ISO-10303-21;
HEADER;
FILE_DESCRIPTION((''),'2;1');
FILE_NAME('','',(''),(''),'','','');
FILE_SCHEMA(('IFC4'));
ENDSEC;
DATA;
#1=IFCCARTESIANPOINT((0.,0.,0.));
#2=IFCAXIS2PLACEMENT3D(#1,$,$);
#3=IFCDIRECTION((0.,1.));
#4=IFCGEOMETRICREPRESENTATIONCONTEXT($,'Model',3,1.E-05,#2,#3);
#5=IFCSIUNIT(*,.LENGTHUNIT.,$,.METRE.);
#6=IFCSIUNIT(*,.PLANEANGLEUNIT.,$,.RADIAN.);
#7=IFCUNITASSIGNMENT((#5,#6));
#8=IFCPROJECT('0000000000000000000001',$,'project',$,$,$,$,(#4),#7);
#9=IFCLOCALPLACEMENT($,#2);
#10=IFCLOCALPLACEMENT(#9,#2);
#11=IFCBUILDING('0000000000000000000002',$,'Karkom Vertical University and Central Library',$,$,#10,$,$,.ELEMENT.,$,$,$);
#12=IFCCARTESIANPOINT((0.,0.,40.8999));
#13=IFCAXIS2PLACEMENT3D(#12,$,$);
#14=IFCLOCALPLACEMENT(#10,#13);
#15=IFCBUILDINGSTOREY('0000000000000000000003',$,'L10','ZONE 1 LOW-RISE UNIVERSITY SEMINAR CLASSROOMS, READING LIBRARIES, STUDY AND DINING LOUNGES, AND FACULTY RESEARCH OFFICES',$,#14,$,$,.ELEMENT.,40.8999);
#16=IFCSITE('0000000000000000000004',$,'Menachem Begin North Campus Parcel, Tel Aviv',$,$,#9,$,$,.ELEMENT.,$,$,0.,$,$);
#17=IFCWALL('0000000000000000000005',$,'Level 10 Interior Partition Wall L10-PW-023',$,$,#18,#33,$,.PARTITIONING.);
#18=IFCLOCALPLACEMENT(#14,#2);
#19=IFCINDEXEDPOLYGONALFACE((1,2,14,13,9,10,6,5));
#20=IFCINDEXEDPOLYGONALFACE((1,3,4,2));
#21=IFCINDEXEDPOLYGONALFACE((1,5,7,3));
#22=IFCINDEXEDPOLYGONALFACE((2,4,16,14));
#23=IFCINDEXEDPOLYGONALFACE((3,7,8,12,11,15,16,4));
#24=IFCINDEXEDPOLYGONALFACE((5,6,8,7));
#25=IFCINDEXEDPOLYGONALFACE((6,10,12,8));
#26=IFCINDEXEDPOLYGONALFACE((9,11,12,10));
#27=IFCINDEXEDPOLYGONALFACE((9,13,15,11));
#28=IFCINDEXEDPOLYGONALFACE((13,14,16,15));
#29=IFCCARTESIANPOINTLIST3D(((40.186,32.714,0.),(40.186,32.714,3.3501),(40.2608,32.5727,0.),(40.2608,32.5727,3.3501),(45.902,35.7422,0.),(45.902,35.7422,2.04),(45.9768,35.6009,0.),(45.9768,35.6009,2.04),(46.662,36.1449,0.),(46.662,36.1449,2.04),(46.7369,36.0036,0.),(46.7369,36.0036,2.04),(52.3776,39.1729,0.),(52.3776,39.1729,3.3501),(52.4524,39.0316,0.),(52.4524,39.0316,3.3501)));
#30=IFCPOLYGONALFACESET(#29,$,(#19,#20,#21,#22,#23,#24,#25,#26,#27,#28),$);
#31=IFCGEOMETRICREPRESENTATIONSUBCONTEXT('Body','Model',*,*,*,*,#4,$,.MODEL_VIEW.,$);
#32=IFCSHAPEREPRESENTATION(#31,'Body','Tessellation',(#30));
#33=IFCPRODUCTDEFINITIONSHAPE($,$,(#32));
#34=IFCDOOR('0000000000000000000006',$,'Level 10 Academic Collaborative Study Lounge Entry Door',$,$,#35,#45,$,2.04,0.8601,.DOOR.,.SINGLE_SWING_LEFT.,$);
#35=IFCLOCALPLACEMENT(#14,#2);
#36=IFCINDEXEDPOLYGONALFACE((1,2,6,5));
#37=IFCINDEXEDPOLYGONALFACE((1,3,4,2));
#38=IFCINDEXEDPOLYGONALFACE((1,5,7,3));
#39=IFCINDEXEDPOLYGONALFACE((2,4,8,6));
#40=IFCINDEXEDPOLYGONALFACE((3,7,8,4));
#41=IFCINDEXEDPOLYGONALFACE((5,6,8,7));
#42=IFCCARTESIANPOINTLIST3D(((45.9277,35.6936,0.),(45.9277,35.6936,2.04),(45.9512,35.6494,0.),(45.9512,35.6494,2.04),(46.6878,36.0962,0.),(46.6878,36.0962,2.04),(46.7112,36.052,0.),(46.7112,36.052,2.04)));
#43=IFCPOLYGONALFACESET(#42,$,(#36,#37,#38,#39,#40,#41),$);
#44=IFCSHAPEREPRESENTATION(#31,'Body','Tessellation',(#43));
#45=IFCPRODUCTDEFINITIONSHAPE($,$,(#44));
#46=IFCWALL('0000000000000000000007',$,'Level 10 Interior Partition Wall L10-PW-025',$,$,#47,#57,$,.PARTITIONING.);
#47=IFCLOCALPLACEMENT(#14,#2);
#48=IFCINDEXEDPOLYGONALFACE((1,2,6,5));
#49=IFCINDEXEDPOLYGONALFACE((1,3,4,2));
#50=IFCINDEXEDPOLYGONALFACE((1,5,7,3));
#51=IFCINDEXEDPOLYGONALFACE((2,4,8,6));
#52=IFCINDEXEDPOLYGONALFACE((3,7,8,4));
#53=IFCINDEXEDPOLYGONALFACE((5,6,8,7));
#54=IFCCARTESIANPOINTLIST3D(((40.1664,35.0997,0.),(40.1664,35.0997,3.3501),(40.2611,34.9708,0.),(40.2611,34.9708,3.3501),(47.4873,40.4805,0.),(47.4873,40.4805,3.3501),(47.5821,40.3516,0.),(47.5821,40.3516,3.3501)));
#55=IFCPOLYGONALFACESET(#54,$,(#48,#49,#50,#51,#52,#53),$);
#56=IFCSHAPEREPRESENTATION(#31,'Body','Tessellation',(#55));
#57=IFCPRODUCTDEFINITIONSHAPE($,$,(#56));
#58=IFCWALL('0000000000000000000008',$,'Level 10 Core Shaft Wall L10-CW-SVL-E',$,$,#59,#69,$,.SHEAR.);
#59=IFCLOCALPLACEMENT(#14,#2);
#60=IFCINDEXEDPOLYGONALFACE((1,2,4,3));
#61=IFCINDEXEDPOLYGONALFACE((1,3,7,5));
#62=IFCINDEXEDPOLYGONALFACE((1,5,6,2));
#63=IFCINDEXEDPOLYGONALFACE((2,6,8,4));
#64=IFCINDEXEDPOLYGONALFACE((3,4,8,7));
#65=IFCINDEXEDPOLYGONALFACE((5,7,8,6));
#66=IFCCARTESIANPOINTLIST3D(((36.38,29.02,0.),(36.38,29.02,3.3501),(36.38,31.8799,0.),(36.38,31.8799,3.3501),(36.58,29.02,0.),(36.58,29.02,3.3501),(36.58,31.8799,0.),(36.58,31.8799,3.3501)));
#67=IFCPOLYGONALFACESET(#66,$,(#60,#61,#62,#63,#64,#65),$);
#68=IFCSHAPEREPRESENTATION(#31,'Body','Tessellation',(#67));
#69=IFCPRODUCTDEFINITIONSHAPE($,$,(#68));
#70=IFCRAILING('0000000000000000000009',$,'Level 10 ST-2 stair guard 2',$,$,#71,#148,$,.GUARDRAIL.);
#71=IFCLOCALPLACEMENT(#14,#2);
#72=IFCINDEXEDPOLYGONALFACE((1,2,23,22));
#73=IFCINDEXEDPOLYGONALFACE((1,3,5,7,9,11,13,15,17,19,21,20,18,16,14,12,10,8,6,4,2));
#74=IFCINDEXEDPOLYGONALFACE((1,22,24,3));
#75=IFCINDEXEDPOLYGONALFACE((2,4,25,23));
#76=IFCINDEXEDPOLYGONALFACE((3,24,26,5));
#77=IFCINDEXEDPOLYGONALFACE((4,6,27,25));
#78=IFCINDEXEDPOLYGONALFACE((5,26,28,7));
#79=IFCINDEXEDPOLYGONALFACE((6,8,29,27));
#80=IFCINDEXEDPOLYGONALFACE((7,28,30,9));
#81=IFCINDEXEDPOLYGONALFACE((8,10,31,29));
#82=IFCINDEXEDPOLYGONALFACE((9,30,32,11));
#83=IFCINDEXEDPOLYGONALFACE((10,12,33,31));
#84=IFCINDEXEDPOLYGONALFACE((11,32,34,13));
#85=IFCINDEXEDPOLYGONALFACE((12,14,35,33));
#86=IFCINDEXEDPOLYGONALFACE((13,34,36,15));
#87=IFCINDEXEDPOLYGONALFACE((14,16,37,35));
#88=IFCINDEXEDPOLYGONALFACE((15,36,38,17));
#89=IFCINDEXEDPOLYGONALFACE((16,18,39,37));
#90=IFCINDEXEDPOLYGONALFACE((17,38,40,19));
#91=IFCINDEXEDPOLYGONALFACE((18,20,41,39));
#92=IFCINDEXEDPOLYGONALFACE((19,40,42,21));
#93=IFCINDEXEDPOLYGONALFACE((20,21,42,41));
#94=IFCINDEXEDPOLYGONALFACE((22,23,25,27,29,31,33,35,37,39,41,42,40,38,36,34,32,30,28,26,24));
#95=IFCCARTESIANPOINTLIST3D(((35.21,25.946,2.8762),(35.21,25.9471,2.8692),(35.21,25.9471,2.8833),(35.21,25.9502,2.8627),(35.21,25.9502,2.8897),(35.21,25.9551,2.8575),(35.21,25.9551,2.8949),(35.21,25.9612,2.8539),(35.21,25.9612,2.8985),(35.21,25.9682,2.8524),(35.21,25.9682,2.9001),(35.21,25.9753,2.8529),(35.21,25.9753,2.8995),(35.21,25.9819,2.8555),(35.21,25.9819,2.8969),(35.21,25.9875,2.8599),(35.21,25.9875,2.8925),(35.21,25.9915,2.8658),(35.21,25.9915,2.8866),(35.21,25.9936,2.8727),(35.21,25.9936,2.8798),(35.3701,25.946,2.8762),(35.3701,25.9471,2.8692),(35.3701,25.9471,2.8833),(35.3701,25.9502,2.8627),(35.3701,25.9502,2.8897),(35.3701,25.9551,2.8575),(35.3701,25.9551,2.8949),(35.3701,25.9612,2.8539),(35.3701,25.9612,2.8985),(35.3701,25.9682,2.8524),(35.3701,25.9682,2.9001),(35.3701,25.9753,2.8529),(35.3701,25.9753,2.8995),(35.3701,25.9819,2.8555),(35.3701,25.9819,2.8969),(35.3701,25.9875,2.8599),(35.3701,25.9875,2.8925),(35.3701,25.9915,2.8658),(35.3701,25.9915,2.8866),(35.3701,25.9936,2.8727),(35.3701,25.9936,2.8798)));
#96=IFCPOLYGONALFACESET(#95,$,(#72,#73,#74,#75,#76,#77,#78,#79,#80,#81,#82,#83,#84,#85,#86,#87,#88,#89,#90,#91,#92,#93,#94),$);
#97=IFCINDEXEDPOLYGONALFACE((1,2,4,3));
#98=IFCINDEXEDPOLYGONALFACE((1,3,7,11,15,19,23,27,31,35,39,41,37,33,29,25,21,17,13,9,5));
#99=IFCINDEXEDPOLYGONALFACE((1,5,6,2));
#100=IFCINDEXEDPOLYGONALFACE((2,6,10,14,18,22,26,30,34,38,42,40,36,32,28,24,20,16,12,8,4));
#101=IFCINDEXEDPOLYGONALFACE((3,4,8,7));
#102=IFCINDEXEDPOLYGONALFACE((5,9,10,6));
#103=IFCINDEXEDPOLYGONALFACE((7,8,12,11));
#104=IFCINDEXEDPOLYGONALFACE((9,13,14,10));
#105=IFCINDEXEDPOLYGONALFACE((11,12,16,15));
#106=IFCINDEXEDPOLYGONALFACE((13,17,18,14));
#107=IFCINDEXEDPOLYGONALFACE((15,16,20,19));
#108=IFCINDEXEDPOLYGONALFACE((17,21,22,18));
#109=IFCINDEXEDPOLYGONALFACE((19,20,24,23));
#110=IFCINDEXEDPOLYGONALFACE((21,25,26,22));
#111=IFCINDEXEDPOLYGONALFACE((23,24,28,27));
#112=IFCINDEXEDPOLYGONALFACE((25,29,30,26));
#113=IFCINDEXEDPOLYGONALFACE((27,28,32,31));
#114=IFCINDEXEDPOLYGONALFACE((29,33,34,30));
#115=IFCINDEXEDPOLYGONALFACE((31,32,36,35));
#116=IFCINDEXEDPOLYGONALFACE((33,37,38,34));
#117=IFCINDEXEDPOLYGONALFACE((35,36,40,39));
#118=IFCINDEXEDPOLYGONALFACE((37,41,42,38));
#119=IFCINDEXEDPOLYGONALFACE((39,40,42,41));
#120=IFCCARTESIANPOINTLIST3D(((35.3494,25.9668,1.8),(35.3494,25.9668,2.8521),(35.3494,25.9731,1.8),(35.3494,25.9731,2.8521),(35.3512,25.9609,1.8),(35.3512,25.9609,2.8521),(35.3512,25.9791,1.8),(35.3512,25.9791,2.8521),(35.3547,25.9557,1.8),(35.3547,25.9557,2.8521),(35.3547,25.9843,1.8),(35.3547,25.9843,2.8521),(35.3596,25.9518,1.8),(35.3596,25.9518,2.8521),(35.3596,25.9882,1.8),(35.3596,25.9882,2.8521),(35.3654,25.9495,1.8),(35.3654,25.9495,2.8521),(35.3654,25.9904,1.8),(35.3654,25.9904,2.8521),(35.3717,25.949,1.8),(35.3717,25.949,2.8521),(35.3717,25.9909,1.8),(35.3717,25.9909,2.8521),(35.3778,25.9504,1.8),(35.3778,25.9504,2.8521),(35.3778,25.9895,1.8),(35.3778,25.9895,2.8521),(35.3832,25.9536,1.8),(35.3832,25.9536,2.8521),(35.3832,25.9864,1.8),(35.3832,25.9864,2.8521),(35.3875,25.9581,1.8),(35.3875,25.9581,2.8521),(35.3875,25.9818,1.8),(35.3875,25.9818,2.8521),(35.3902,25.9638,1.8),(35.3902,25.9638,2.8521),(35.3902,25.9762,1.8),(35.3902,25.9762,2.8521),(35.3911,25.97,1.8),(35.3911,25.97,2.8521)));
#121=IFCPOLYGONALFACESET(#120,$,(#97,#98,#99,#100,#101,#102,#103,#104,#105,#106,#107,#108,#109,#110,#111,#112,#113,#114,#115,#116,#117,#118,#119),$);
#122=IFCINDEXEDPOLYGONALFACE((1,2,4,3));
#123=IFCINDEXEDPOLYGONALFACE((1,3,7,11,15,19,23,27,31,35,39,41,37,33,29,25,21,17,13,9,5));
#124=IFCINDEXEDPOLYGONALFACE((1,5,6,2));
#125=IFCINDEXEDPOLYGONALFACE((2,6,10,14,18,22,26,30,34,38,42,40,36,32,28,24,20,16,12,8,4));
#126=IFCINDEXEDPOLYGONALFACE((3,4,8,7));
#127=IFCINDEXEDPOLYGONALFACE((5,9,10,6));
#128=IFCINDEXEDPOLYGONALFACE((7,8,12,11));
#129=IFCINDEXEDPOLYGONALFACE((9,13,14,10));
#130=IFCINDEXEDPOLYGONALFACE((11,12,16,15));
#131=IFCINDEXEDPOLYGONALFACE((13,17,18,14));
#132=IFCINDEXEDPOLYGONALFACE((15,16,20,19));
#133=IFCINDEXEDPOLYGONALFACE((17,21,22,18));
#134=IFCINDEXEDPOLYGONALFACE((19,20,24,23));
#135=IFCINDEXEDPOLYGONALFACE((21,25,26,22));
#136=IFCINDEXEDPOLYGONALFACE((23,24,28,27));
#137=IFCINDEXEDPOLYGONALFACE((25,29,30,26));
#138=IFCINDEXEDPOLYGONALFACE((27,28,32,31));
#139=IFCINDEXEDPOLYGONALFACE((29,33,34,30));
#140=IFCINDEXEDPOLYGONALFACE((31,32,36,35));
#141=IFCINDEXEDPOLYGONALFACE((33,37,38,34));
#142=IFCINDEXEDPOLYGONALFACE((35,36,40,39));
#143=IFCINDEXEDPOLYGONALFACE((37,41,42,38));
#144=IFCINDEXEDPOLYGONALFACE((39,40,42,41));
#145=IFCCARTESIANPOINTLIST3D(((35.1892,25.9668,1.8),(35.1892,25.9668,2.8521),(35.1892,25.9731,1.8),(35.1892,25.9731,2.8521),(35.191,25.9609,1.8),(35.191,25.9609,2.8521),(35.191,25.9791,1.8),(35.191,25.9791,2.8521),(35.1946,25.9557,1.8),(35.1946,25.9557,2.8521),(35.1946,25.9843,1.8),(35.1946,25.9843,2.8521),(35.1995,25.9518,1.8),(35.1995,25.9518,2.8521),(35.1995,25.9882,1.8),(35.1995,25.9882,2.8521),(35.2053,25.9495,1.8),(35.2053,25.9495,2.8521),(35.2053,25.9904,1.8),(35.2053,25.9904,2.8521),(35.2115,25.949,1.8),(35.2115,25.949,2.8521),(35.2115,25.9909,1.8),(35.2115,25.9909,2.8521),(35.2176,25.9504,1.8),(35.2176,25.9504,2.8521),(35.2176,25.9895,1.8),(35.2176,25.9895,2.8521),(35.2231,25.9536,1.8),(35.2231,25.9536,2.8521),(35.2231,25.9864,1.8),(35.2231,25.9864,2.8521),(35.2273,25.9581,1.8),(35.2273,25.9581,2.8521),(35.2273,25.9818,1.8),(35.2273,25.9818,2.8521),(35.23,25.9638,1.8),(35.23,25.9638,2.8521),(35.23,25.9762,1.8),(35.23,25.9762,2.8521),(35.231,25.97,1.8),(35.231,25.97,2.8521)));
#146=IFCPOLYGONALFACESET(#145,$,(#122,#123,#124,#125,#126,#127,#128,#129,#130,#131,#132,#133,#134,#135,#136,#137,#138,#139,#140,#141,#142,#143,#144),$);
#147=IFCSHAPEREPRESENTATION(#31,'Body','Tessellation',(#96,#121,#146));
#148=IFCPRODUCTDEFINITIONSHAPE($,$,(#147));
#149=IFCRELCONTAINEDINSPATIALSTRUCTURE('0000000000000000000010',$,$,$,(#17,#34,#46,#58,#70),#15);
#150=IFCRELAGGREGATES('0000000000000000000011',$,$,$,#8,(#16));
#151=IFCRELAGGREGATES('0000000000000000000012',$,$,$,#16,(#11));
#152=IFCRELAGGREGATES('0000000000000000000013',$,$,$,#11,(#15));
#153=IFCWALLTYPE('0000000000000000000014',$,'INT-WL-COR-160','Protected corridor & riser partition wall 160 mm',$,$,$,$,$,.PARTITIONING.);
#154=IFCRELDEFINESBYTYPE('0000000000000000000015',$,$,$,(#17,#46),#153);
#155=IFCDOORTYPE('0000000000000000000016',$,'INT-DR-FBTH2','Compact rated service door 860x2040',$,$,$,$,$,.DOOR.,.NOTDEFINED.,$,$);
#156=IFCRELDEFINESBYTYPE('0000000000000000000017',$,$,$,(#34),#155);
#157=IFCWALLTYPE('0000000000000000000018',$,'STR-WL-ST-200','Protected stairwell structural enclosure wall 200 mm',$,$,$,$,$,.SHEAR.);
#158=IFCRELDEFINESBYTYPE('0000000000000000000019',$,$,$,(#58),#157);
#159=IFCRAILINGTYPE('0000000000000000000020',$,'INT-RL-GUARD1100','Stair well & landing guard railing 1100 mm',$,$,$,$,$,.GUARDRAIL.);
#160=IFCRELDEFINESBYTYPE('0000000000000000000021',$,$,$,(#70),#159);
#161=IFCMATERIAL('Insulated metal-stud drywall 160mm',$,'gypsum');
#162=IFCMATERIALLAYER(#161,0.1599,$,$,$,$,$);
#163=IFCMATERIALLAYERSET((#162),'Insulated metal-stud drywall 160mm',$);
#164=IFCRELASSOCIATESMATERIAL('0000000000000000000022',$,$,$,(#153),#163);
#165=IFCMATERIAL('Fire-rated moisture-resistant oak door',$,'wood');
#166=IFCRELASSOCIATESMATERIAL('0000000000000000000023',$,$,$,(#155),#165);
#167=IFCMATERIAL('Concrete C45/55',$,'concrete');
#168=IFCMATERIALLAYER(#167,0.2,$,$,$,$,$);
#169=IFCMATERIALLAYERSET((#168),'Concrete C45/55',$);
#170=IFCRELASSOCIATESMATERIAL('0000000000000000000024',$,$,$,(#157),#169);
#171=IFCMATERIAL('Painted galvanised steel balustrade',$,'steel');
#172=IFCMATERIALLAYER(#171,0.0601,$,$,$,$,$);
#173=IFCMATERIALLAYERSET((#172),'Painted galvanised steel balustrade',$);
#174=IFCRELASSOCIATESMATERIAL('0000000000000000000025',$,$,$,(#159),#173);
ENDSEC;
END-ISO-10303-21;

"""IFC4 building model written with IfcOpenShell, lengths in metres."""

from ifc_helpers import new_model, si_unit, direction, frame, frame_2d, origin, origin_with_axes, origin_2d, place, context, subcontext, project, spatial, rectangle, circle, extrude, source, transform, mapped, material, layer, layer_set, type_object, element, fill, save


model = new_model("IFC4")

# Units and contexts
model_context = context("Model", 3, precision=1e-05, world=origin(), true_north=direction((0.0, 1.0)))
body_context = subcontext(model_context, "Body", "Model", "MODEL_VIEW")
ifc_project = project(units=[si_unit("LENGTHUNIT", "METRE"), si_unit("PLANEANGLEUNIT", "RADIAN")], contexts=[model_context])

# Site, building, storey
site_placement = place(None, origin())
site = spatial("IfcSite", under=ifc_project, at=site_placement, Name="Menachem Begin North Campus Parcel, Tel Aviv", CompositionType="ELEMENT", RefElevation=0.0)
building_placement = place(site_placement, origin())
building = spatial("IfcBuilding", under=site, at=building_placement, Name="Karkom Vertical University and Central Library", CompositionType="ELEMENT")
storey_placement = place(building_placement, frame((0.0, 0.0, 40.8999)))
storey = spatial("IfcBuildingStorey", under=building, at=storey_placement, Name="L10", Description="ZONE 1 LOW-RISE UNIVERSITY SEMINAR CLASSROOMS, READING LIBRARIES, STUDY AND DINING LOUNGES, AND FACULTY RESEARCH OFFICES", CompositionType="ELEMENT", Elevation=40.8999)

# Shared definitions
ifc_material_1 = material(Name="Insulated metal-stud drywall 160mm", Category="gypsum")
ifc_layer_1 = layer(ifc_material_1, 0.1599)
ifc_layer_set_1 = layer_set([ifc_layer_1], Name="Insulated metal-stud drywall 160mm")
wall_type_1 = type_object("IfcWallType", Name="INT-WL-COR-160", Description="Protected corridor & riser partition wall 160 mm", PredefinedType="PARTITIONING", material=ifc_layer_set_1)

# Wall, opening, door
wall_1_placement = place(storey_placement, frame((40.2234, 32.6433, 0.0), z_axis=(0.0, 0.0, 1.0), x_axis=(0.883651, 0.468147, 0.0)))
wall_1 = element("IfcWall", 1, at=wall_1_placement, inside=storey, type_object=wall_type_1, Name="Level 10 Interior Partition Wall L10-PW-023", PredefinedType="PARTITIONING", context=body_context, shape_type="SweptSolid", body=[
    extrude(rectangle(XDim=13.7969, YDim=0.1599, at=frame_2d((6.8984, 0.0))), origin(), (0.0, 0.0, 1.0), 3.3501),
])
opening_1_placement = place(wall_1_placement, frame((6.4685, 0.0, 0.0)))
opening_1 = element("IfcOpeningElement", 2, at=opening_1_placement, cuts=wall_1, PredefinedType="OPENING", context=body_context, shape_type="SweptSolid", body=[
    extrude(rectangle(XDim=0.8601, YDim=2.04, at=frame_2d((0.4302, 1.02))), frame((0.0, 0.0898, 0.0), z_axis=(0.0, -1.0, 0.0), x_axis=(1.0, 0.0, 0.0)), (0.0, 0.0, 1.0), 0.1799),
])
ifc_material_2 = material(Name="Fire-rated moisture-resistant oak door", Category="wood")
door_type_1 = type_object("IfcDoorType", Name="INT-DR-FBTH2", Description="Compact rated service door 860x2040", OperationType="NOTDEFINED", PredefinedType="DOOR", material=ifc_material_2)
shared_shape_1 = source(origin_with_axes(), body_context, "Body", "SweptSolid", [
    extrude(rectangle(XDim=0.8601, YDim=2.04, at=frame_2d((0.4302, 1.02))), frame((0.0, 0.0249, 0.0), z_axis=(0.0, -1.0, 0.0), x_axis=(1.0, 0.0, 0.0)), (0.0, 0.0, 1.0), 0.05),
])
door_1_placement = place(opening_1_placement, origin())
door_1 = element("IfcDoor", 3, at=door_1_placement, inside=storey, type_object=door_type_1, Name="Level 10 Academic Collaborative Study Lounge Entry Door", OperationType="SINGLE_SWING_LEFT", OverallHeight=2.04, OverallWidth=0.8601, PredefinedType="DOOR", context=body_context, shape_type="MappedRepresentation", body=[
    mapped(shared_shape_1, transform((0.0, 0.0, 0.0), scale=1.0)),
])
fill(opening_1, door_1)

# Wall
wall_2_placement = place(storey_placement, frame((40.2136, 35.0352, 0.0), z_axis=(0.0, 0.0, 1.0), x_axis=(0.80577, 0.592229, 0.0)))
element("IfcWall", 4, at=wall_2_placement, inside=storey, type_object=wall_type_1, Name="Level 10 Interior Partition Wall L10-PW-025", PredefinedType="PARTITIONING", context=body_context, shape_type="SweptSolid", body=[
    extrude(rectangle(XDim=9.0857, YDim=0.1599, at=frame_2d((4.543, 0.0))), origin(), (0.0, 0.0, 1.0), 3.3501),
])

# Wall
ifc_material_3 = material(Name="Concrete C45/55", Category="concrete")
ifc_layer_2 = layer(ifc_material_3, 0.2)
ifc_layer_set_2 = layer_set([ifc_layer_2], Name="Concrete C45/55")
wall_type_2 = type_object("IfcWallType", Name="STR-WL-ST-200", Description="Protected stairwell structural enclosure wall 200 mm", PredefinedType="SHEAR", material=ifc_layer_set_2)
wall_3_placement = place(storey_placement, frame((36.48, 29.02, 0.0), z_axis=(0.0, 0.0, 1.0), x_axis=(0.0, 1.0, 0.0)))
element("IfcWall", 5, at=wall_3_placement, inside=storey, type_object=wall_type_2, Name="Level 10 Core Shaft Wall L10-CW-SVL-E", PredefinedType="SHEAR", context=body_context, shape_type="SweptSolid", body=[
    extrude(rectangle(XDim=2.8599, YDim=0.2, at=frame_2d((1.4299, 0.0))), origin(), (0.0, 0.0, 1.0), 3.3501),
])

# Railing
ifc_material_4 = material(Name="Painted galvanised steel balustrade", Category="steel")
ifc_layer_3 = layer(ifc_material_4, 0.0601)
ifc_layer_set_3 = layer_set([ifc_layer_3], Name="Painted galvanised steel balustrade")
railing_type = type_object("IfcRailingType", Name="INT-RL-GUARD1100", Description="Stair well & landing guard railing 1100 mm", PredefinedType="GUARDRAIL", material=ifc_layer_set_3)
railing_1_placement = place(storey_placement, frame((35.3701, 25.97, 1.8)))
element("IfcRailing", 6, at=railing_1_placement, inside=storey, type_object=railing_type, Name="Level 10 ST-2 stair guard 2", PredefinedType="GUARDRAIL", context=body_context, shape_type="SweptSolid", body=[
    extrude(circle(Radius=0.0239, at=origin_2d()), frame((0.0, 0.0, 1.0762), z_axis=(-1.0, 0.0, 0.0), x_axis=(0.0, -1.0, 0.0)), (0.0, 0.0, 1.0), 0.1602),
    extrude(circle(Radius=0.021, at=origin_2d()), origin(), (0.0, 0.0, 1.0), 1.052),
    extrude(circle(Radius=0.021, at=origin_2d()), frame((-0.1602, 0.0, 0.0)), (0.0, 0.0, 1.0), 1.052),
])

save(model, "model.ifc")
